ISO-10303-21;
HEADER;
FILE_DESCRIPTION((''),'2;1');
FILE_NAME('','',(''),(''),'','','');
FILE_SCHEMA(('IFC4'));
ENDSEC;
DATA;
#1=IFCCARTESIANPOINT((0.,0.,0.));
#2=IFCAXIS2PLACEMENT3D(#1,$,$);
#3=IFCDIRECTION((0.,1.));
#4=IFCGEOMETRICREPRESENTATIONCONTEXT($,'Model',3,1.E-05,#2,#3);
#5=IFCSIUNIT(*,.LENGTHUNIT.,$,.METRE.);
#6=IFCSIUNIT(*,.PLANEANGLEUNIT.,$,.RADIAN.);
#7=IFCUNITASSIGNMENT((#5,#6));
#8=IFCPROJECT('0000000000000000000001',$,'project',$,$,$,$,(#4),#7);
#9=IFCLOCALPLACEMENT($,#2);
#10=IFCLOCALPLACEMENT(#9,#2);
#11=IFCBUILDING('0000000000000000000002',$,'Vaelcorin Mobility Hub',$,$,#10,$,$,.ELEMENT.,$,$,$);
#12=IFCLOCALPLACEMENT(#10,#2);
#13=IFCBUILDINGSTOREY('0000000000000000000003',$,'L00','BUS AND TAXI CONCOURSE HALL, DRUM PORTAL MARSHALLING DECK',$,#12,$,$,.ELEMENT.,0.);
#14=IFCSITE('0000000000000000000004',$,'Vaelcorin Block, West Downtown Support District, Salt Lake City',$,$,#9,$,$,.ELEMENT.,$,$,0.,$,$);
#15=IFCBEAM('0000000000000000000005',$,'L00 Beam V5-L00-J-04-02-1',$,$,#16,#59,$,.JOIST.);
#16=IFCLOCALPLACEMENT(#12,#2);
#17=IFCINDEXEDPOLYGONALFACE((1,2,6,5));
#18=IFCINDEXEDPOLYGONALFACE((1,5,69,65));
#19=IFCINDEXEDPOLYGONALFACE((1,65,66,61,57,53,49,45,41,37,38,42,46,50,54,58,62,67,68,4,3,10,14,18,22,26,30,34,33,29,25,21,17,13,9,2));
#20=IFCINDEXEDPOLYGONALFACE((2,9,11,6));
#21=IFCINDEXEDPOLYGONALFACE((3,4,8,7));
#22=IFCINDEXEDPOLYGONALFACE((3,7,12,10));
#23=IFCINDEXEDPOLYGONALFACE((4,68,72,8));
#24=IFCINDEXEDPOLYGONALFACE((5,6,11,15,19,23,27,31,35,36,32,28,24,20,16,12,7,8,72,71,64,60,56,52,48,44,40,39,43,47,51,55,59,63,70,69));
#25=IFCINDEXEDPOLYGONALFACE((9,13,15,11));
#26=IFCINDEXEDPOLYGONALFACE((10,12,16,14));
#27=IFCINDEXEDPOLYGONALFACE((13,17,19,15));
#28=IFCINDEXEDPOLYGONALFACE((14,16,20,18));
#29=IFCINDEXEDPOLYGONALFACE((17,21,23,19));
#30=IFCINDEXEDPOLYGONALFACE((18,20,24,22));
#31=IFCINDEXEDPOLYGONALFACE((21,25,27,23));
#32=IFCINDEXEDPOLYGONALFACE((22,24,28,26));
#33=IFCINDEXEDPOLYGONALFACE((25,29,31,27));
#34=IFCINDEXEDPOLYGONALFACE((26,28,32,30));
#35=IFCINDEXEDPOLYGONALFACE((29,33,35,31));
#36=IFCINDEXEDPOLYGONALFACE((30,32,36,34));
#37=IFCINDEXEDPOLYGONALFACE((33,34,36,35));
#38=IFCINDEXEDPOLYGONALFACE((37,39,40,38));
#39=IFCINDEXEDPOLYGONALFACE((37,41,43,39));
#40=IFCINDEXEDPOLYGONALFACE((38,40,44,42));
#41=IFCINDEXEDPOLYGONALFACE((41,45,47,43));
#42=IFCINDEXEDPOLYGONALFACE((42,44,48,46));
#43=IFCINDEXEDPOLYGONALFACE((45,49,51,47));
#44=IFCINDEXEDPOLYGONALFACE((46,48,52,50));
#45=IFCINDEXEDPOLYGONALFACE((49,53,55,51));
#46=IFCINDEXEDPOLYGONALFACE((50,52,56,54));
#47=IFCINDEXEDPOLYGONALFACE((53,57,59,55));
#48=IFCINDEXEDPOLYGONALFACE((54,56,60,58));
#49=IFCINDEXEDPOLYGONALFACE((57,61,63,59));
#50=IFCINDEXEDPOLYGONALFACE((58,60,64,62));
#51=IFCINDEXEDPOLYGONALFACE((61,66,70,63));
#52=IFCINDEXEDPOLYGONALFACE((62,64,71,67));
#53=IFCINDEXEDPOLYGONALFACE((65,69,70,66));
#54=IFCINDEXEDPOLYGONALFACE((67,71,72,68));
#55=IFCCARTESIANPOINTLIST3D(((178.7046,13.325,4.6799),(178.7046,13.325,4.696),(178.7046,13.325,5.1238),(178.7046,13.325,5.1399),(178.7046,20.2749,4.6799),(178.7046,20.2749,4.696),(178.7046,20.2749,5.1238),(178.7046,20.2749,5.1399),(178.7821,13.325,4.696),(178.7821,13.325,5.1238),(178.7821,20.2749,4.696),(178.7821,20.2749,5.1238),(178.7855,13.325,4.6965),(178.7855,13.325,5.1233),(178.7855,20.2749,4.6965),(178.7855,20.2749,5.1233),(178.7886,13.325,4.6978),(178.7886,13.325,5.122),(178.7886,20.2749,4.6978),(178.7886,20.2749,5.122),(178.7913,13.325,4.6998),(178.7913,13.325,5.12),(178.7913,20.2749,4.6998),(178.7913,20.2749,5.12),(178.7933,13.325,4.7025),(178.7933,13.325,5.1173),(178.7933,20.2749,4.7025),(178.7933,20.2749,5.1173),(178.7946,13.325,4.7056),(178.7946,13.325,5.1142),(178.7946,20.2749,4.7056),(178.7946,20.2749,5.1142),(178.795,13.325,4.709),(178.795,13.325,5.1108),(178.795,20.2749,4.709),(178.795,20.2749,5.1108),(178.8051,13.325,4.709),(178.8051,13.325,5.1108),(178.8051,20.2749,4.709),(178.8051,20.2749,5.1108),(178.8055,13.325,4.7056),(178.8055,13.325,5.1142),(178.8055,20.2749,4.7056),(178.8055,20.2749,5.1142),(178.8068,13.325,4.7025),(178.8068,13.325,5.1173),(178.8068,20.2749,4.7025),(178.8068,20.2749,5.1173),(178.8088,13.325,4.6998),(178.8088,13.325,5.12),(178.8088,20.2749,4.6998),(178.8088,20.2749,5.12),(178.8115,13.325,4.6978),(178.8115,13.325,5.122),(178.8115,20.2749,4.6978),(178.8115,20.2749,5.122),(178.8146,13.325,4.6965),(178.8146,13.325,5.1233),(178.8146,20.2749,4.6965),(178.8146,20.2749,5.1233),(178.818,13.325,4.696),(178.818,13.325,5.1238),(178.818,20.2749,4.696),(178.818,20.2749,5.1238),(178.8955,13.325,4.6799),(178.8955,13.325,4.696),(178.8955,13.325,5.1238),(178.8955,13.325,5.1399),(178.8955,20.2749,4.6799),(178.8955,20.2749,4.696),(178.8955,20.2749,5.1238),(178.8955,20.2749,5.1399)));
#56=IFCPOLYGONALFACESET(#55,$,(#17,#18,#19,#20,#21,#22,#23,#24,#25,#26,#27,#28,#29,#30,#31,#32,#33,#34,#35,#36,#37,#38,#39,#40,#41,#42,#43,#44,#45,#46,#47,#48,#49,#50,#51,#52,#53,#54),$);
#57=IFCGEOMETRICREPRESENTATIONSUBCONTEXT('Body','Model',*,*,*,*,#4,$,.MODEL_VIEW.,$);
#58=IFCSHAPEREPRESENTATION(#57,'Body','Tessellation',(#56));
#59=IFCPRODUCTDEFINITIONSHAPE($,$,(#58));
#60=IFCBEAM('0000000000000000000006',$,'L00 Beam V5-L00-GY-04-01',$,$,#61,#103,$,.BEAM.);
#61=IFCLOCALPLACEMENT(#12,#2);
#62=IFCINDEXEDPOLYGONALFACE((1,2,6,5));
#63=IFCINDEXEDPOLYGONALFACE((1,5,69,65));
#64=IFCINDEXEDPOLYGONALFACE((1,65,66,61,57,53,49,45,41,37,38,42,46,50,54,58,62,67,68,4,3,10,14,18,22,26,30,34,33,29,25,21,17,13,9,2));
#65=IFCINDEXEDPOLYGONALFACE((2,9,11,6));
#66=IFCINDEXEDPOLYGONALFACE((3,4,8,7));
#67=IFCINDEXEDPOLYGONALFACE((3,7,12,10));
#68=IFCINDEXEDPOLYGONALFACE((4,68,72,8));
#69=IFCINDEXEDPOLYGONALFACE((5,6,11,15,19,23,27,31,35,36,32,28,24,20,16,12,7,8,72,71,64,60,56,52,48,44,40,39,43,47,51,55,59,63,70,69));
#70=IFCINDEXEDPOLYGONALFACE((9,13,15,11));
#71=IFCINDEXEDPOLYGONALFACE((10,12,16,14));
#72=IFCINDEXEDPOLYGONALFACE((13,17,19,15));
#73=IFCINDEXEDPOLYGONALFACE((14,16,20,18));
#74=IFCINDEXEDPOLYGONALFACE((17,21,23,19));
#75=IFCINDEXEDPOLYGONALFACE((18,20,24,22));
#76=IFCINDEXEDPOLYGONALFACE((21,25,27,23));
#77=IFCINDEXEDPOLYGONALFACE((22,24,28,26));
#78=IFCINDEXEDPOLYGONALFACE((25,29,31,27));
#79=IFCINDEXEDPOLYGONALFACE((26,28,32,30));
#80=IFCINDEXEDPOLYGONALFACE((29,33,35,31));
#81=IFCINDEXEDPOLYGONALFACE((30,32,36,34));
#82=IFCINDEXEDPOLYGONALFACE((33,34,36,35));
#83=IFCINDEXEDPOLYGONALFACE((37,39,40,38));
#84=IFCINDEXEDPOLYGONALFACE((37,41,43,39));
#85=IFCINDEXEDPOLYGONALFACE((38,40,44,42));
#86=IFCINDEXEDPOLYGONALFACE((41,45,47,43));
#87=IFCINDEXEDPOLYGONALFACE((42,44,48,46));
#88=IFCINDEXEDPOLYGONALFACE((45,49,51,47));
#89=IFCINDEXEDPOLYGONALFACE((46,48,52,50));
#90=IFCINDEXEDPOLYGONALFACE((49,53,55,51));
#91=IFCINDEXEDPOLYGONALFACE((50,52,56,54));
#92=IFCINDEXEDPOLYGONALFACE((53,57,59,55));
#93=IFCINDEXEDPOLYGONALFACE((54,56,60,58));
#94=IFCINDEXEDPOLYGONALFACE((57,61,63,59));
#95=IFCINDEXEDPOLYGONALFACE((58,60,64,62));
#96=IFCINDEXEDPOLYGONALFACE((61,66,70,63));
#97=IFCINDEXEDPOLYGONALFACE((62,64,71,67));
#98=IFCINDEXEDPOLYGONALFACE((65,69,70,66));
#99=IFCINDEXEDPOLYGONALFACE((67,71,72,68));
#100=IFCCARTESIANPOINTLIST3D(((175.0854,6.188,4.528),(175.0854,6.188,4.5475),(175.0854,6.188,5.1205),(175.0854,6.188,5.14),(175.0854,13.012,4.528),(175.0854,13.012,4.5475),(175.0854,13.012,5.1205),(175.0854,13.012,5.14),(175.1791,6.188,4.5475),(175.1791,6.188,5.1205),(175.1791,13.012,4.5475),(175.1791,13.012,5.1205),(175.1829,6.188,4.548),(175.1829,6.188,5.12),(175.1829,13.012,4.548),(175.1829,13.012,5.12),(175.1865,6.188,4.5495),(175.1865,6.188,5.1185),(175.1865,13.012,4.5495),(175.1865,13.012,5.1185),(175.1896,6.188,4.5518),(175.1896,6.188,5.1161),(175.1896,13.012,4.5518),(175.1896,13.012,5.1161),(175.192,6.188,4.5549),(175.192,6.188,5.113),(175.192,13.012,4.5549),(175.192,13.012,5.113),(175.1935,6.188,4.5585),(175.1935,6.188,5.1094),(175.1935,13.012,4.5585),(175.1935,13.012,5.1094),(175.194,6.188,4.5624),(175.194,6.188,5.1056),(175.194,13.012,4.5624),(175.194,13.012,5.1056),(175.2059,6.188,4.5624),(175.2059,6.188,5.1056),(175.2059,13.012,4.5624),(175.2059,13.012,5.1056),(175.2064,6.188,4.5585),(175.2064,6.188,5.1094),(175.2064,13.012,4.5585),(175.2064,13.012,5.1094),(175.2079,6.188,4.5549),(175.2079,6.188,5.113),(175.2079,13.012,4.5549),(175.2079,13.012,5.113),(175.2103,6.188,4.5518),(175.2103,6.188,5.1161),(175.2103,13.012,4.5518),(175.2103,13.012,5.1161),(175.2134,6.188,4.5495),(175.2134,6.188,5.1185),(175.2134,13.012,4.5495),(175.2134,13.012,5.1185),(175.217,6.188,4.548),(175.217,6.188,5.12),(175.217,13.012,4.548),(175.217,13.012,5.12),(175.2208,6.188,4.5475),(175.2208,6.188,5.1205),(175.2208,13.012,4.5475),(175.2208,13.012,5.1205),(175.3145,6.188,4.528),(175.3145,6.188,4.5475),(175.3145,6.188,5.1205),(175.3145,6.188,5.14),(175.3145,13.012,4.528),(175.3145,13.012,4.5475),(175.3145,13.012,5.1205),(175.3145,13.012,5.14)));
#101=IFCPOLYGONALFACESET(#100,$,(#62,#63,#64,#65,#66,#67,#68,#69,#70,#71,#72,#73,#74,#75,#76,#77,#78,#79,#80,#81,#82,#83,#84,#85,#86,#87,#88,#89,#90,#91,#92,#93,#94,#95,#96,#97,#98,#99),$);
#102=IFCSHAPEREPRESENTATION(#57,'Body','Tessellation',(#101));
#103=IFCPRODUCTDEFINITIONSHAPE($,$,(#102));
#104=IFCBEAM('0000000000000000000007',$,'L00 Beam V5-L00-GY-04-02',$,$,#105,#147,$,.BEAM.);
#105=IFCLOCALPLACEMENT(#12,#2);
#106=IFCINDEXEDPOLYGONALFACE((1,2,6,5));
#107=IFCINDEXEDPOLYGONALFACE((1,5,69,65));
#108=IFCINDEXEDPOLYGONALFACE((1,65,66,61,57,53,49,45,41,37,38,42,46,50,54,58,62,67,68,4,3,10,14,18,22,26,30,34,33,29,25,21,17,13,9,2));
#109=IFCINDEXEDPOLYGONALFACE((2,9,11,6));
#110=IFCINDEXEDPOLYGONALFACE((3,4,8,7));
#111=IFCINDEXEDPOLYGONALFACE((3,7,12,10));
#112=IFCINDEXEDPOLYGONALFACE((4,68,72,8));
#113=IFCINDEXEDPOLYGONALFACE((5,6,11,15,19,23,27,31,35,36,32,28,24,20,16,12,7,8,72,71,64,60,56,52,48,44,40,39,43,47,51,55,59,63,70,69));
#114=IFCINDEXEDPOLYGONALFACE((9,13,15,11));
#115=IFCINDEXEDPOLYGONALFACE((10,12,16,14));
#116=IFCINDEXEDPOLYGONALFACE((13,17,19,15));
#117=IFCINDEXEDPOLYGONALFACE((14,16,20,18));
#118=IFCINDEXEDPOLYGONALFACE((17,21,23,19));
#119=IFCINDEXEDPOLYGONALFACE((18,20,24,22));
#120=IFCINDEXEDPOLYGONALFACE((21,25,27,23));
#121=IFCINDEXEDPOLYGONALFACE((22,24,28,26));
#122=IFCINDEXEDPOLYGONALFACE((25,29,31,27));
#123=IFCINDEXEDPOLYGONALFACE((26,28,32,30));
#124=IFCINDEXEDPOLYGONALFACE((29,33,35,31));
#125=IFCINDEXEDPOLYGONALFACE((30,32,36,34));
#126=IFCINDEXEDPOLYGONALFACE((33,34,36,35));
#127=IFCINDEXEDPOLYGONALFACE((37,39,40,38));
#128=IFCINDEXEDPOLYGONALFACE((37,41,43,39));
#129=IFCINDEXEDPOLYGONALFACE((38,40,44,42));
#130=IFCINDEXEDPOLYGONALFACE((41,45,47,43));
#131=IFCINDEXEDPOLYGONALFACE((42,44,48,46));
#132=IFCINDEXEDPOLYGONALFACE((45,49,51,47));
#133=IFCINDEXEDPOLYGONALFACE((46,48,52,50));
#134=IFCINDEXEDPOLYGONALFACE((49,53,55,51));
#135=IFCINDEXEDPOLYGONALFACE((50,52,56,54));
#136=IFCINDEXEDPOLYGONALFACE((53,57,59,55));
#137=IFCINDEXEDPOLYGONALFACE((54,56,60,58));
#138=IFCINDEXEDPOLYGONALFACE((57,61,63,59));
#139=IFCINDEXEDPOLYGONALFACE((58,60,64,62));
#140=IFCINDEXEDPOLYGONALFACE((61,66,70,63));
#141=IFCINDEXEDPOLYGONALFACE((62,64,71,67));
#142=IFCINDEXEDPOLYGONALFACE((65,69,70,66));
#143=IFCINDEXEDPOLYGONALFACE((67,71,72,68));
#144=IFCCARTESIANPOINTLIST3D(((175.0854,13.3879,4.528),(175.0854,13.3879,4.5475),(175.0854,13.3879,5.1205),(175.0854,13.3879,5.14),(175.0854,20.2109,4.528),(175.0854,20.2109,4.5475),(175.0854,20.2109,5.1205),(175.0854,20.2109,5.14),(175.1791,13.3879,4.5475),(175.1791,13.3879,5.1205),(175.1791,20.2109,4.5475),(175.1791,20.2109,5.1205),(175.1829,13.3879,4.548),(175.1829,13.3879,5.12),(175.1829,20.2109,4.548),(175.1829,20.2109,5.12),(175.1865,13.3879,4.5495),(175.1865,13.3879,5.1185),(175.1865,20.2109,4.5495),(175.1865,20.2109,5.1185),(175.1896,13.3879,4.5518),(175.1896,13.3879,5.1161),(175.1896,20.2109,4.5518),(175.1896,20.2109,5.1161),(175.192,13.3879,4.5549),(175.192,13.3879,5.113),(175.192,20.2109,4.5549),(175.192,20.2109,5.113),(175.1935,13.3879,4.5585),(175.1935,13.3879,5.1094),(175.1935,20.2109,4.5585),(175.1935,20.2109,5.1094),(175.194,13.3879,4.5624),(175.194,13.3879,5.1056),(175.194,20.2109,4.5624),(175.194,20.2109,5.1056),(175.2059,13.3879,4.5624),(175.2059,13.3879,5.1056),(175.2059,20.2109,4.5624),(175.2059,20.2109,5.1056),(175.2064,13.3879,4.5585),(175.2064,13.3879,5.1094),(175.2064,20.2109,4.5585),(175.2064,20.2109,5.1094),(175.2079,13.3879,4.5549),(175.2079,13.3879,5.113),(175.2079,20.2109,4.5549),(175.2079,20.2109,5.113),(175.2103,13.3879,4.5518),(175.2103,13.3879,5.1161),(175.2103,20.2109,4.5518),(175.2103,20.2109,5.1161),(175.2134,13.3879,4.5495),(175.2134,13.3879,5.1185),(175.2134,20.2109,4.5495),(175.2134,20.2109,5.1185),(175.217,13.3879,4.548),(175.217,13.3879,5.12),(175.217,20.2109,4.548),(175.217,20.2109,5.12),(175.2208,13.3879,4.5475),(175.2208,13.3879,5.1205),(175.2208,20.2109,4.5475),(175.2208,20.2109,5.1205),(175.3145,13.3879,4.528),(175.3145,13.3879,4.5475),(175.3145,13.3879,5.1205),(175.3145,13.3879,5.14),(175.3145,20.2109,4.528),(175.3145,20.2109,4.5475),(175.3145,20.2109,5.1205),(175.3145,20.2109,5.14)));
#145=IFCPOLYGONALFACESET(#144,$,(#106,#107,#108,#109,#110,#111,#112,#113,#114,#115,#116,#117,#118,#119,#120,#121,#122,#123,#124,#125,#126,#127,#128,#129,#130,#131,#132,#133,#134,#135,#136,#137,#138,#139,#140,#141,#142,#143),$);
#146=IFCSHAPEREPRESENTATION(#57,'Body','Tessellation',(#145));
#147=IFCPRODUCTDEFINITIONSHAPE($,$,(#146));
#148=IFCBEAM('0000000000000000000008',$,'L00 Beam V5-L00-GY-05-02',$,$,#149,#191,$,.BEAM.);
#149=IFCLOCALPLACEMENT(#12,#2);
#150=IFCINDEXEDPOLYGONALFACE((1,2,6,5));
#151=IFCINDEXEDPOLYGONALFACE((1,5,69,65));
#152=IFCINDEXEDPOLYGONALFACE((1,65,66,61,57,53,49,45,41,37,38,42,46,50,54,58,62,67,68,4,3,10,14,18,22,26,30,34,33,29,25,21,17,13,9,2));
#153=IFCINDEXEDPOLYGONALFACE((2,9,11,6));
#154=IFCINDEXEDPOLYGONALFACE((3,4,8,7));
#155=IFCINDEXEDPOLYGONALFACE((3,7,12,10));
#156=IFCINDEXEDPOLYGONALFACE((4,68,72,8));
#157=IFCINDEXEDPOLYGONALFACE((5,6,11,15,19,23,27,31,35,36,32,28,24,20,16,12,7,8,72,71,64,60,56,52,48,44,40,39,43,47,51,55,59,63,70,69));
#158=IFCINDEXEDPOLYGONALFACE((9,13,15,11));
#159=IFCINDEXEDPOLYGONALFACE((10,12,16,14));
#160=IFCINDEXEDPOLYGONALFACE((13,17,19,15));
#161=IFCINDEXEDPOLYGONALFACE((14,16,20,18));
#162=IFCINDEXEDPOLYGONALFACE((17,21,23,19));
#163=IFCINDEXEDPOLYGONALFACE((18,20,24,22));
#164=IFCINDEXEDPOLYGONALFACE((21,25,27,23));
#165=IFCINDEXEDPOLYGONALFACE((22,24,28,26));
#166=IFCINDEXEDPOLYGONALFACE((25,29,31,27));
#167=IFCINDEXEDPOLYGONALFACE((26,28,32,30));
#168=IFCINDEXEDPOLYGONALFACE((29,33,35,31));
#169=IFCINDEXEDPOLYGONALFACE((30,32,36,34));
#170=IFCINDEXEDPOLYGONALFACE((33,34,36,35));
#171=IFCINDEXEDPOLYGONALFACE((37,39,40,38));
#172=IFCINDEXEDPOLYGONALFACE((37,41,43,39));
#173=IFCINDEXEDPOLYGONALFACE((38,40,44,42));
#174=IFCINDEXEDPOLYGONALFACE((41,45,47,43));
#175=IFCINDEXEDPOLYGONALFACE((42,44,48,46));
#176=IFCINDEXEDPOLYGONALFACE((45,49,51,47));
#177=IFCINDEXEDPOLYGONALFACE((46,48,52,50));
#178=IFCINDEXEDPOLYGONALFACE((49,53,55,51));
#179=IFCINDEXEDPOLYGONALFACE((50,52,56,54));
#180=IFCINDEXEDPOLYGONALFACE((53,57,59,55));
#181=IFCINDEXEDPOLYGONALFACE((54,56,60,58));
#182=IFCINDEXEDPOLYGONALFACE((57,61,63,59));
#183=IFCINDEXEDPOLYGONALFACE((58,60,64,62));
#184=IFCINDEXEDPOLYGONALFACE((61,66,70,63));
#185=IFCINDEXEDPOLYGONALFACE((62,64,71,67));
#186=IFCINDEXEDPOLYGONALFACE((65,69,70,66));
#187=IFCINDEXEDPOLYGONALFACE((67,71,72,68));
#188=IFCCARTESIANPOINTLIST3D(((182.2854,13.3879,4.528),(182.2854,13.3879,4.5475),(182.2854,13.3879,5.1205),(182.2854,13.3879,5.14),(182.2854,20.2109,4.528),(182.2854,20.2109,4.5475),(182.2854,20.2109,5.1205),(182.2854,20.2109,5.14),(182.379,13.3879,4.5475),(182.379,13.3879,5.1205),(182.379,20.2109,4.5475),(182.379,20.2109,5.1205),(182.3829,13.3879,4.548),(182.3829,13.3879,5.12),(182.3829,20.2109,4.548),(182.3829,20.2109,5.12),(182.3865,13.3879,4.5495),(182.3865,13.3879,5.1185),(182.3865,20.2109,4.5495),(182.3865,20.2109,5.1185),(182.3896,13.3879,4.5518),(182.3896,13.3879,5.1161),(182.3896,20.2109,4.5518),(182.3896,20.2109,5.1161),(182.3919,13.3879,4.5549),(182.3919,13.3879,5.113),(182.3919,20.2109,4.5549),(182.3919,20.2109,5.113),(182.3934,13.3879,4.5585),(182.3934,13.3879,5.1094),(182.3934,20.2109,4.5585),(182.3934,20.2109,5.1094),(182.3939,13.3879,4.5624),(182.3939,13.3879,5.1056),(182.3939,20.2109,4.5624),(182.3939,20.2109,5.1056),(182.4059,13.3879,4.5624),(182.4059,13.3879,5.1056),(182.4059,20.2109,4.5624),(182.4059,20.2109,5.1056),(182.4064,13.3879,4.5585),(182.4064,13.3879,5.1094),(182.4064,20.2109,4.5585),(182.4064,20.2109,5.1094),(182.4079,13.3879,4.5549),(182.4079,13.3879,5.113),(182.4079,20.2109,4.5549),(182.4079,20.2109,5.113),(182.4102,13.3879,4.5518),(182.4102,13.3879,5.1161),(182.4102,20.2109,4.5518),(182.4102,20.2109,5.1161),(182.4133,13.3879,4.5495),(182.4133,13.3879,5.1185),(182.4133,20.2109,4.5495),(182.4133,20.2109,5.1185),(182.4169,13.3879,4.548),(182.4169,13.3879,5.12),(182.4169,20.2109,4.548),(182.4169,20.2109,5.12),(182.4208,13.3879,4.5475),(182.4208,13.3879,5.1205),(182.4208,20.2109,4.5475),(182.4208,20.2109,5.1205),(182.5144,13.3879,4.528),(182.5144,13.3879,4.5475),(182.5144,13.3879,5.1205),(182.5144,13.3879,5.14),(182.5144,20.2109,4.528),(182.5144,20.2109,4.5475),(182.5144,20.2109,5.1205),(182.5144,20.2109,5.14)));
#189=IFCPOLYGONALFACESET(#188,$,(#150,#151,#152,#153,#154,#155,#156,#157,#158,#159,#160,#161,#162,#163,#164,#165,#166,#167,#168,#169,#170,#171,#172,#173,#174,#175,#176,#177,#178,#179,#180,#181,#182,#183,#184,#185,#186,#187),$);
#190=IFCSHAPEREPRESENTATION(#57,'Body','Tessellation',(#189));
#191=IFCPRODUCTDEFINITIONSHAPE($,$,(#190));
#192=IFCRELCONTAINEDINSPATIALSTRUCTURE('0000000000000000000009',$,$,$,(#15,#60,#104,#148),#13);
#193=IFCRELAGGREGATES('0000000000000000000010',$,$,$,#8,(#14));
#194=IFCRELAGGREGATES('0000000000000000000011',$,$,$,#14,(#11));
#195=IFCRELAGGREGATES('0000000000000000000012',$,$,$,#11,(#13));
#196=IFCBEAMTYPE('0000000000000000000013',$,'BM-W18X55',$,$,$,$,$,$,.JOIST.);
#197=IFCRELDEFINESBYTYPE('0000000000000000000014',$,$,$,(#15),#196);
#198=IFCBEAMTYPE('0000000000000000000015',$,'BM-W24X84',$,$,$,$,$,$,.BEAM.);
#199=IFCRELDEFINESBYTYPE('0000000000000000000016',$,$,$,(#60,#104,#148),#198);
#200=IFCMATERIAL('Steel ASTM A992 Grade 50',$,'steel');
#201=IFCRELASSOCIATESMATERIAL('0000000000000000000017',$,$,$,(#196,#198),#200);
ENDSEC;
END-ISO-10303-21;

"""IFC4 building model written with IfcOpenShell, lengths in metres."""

from ifc_helpers import new_model, si_unit, direction, frame, origin, origin_2d, place, context, subcontext, project, spatial, i_section, extrude, material, material_profile, profile_set, type_object, element, save


model = new_model("IFC4")

# Units and contexts
model_context = context("Model", 3, precision=1e-05, world=origin(), true_north=direction((0.0, 1.0)))
body_context = subcontext(model_context, "Body", "Model", "MODEL_VIEW")
ifc_project = project(units=[si_unit("LENGTHUNIT", "METRE"), si_unit("PLANEANGLEUNIT", "RADIAN")], contexts=[model_context])

# Site, building, storey
site_placement = place(None, origin())
site = spatial("IfcSite", under=ifc_project, at=site_placement, Name="Vaelcorin Block, West Downtown Support District, Salt Lake City", CompositionType="ELEMENT", RefElevation=0.0)
building_placement = place(site_placement, origin())
building = spatial("IfcBuilding", under=site, at=building_placement, Name="Vaelcorin Mobility Hub", CompositionType="ELEMENT")
storey_placement = place(building_placement, origin())
storey = spatial("IfcBuildingStorey", under=building, at=storey_placement, Name="L00", Description="BUS AND TAXI CONCOURSE HALL, DRUM PORTAL MARSHALLING DECK", CompositionType="ELEMENT", Elevation=0.0)

# Shared definitions
ifc_material_1 = material(Name="Steel ASTM A992 Grade 50", Category="steel")

# Beams
ifc_material_profile_1 = material_profile(ifc_material_1, i_section(OverallWidth=0.1909, OverallDepth=0.46, WebThickness=0.01, FlangeThickness=0.0161, FilletRadius=0.0129, at=origin_2d()), Name="W18X55")
ifc_profile_set_1 = profile_set([ifc_material_profile_1], Name="Steel ASTM A992 Grade 50")
beam_type_1 = type_object("IfcBeamType", Name="BM-W18X55", PredefinedType="JOIST", material=ifc_profile_set_1)
for number, where, z_axis, x_axis, name in (
    (1, (178.8, 13.325, 4.9099), (0.0, 1.0, 0.0), (-1.0, 0.0, 0.0), "L00 Beam V5-L00-J-04-02-1"),
):
    element("IfcBeam", number, at=place(storey_placement, frame(where, z_axis=z_axis, x_axis=x_axis)), inside=storey, type_object=beam_type_1, Name=name, PredefinedType="JOIST", context=body_context, shape_type="SweptSolid", body=[
        extrude(i_section(OverallWidth=0.1909, OverallDepth=0.46, WebThickness=0.01, FlangeThickness=0.0161, FilletRadius=0.0129, at=origin_2d()), origin(), (0.0, 0.0, 1.0), 6.95),
    ])
ifc_material_profile_2 = material_profile(ifc_material_1, i_section(OverallWidth=0.229, OverallDepth=0.6121, WebThickness=0.012, FlangeThickness=0.0195, FilletRadius=0.0149, at=origin_2d()), Name="W24X84")
ifc_profile_set_2 = profile_set([ifc_material_profile_2], Name="Steel ASTM A992 Grade 50")
beam_type_2 = type_object("IfcBeamType", Name="BM-W24X84", PredefinedType="BEAM", material=ifc_profile_set_2)
beam_placement = place(storey_placement, frame((175.2, 6.188, 4.834), z_axis=(0.0, 1.0, 0.0), x_axis=(-1.0, 0.0, 0.0)))
element("IfcBeam", 2, at=beam_placement, inside=storey, type_object=beam_type_2, Name="L00 Beam V5-L00-GY-04-01", PredefinedType="BEAM", context=body_context, shape_type="SweptSolid", body=[
    extrude(i_section(OverallWidth=0.229, OverallDepth=0.6121, WebThickness=0.012, FlangeThickness=0.0195, FilletRadius=0.0149, at=origin_2d()), origin(), (0.0, 0.0, 1.0), 6.824),
])
for number, where, z_axis, x_axis, name in (
    (3, (175.2, 13.3879, 4.834), (0.0, 1.0, 0.0), (-1.0, 0.0, 0.0), "L00 Beam V5-L00-GY-04-02"),
    (4, (182.3999, 13.3879, 4.834), (0.0, 1.0, 0.0), (-1.0, 0.0, 0.0), "L00 Beam V5-L00-GY-05-02"),
):
    element("IfcBeam", number, at=place(storey_placement, frame(where, z_axis=z_axis, x_axis=x_axis)), inside=storey, type_object=beam_type_2, Name=name, PredefinedType="BEAM", context=body_context, shape_type="SweptSolid", body=[
        extrude(i_section(OverallWidth=0.229, OverallDepth=0.6121, WebThickness=0.012, FlangeThickness=0.0195, FilletRadius=0.0149, at=origin_2d()), origin(), (0.0, 0.0, 1.0), 6.823),
    ])

save(model, "model.ifc")
